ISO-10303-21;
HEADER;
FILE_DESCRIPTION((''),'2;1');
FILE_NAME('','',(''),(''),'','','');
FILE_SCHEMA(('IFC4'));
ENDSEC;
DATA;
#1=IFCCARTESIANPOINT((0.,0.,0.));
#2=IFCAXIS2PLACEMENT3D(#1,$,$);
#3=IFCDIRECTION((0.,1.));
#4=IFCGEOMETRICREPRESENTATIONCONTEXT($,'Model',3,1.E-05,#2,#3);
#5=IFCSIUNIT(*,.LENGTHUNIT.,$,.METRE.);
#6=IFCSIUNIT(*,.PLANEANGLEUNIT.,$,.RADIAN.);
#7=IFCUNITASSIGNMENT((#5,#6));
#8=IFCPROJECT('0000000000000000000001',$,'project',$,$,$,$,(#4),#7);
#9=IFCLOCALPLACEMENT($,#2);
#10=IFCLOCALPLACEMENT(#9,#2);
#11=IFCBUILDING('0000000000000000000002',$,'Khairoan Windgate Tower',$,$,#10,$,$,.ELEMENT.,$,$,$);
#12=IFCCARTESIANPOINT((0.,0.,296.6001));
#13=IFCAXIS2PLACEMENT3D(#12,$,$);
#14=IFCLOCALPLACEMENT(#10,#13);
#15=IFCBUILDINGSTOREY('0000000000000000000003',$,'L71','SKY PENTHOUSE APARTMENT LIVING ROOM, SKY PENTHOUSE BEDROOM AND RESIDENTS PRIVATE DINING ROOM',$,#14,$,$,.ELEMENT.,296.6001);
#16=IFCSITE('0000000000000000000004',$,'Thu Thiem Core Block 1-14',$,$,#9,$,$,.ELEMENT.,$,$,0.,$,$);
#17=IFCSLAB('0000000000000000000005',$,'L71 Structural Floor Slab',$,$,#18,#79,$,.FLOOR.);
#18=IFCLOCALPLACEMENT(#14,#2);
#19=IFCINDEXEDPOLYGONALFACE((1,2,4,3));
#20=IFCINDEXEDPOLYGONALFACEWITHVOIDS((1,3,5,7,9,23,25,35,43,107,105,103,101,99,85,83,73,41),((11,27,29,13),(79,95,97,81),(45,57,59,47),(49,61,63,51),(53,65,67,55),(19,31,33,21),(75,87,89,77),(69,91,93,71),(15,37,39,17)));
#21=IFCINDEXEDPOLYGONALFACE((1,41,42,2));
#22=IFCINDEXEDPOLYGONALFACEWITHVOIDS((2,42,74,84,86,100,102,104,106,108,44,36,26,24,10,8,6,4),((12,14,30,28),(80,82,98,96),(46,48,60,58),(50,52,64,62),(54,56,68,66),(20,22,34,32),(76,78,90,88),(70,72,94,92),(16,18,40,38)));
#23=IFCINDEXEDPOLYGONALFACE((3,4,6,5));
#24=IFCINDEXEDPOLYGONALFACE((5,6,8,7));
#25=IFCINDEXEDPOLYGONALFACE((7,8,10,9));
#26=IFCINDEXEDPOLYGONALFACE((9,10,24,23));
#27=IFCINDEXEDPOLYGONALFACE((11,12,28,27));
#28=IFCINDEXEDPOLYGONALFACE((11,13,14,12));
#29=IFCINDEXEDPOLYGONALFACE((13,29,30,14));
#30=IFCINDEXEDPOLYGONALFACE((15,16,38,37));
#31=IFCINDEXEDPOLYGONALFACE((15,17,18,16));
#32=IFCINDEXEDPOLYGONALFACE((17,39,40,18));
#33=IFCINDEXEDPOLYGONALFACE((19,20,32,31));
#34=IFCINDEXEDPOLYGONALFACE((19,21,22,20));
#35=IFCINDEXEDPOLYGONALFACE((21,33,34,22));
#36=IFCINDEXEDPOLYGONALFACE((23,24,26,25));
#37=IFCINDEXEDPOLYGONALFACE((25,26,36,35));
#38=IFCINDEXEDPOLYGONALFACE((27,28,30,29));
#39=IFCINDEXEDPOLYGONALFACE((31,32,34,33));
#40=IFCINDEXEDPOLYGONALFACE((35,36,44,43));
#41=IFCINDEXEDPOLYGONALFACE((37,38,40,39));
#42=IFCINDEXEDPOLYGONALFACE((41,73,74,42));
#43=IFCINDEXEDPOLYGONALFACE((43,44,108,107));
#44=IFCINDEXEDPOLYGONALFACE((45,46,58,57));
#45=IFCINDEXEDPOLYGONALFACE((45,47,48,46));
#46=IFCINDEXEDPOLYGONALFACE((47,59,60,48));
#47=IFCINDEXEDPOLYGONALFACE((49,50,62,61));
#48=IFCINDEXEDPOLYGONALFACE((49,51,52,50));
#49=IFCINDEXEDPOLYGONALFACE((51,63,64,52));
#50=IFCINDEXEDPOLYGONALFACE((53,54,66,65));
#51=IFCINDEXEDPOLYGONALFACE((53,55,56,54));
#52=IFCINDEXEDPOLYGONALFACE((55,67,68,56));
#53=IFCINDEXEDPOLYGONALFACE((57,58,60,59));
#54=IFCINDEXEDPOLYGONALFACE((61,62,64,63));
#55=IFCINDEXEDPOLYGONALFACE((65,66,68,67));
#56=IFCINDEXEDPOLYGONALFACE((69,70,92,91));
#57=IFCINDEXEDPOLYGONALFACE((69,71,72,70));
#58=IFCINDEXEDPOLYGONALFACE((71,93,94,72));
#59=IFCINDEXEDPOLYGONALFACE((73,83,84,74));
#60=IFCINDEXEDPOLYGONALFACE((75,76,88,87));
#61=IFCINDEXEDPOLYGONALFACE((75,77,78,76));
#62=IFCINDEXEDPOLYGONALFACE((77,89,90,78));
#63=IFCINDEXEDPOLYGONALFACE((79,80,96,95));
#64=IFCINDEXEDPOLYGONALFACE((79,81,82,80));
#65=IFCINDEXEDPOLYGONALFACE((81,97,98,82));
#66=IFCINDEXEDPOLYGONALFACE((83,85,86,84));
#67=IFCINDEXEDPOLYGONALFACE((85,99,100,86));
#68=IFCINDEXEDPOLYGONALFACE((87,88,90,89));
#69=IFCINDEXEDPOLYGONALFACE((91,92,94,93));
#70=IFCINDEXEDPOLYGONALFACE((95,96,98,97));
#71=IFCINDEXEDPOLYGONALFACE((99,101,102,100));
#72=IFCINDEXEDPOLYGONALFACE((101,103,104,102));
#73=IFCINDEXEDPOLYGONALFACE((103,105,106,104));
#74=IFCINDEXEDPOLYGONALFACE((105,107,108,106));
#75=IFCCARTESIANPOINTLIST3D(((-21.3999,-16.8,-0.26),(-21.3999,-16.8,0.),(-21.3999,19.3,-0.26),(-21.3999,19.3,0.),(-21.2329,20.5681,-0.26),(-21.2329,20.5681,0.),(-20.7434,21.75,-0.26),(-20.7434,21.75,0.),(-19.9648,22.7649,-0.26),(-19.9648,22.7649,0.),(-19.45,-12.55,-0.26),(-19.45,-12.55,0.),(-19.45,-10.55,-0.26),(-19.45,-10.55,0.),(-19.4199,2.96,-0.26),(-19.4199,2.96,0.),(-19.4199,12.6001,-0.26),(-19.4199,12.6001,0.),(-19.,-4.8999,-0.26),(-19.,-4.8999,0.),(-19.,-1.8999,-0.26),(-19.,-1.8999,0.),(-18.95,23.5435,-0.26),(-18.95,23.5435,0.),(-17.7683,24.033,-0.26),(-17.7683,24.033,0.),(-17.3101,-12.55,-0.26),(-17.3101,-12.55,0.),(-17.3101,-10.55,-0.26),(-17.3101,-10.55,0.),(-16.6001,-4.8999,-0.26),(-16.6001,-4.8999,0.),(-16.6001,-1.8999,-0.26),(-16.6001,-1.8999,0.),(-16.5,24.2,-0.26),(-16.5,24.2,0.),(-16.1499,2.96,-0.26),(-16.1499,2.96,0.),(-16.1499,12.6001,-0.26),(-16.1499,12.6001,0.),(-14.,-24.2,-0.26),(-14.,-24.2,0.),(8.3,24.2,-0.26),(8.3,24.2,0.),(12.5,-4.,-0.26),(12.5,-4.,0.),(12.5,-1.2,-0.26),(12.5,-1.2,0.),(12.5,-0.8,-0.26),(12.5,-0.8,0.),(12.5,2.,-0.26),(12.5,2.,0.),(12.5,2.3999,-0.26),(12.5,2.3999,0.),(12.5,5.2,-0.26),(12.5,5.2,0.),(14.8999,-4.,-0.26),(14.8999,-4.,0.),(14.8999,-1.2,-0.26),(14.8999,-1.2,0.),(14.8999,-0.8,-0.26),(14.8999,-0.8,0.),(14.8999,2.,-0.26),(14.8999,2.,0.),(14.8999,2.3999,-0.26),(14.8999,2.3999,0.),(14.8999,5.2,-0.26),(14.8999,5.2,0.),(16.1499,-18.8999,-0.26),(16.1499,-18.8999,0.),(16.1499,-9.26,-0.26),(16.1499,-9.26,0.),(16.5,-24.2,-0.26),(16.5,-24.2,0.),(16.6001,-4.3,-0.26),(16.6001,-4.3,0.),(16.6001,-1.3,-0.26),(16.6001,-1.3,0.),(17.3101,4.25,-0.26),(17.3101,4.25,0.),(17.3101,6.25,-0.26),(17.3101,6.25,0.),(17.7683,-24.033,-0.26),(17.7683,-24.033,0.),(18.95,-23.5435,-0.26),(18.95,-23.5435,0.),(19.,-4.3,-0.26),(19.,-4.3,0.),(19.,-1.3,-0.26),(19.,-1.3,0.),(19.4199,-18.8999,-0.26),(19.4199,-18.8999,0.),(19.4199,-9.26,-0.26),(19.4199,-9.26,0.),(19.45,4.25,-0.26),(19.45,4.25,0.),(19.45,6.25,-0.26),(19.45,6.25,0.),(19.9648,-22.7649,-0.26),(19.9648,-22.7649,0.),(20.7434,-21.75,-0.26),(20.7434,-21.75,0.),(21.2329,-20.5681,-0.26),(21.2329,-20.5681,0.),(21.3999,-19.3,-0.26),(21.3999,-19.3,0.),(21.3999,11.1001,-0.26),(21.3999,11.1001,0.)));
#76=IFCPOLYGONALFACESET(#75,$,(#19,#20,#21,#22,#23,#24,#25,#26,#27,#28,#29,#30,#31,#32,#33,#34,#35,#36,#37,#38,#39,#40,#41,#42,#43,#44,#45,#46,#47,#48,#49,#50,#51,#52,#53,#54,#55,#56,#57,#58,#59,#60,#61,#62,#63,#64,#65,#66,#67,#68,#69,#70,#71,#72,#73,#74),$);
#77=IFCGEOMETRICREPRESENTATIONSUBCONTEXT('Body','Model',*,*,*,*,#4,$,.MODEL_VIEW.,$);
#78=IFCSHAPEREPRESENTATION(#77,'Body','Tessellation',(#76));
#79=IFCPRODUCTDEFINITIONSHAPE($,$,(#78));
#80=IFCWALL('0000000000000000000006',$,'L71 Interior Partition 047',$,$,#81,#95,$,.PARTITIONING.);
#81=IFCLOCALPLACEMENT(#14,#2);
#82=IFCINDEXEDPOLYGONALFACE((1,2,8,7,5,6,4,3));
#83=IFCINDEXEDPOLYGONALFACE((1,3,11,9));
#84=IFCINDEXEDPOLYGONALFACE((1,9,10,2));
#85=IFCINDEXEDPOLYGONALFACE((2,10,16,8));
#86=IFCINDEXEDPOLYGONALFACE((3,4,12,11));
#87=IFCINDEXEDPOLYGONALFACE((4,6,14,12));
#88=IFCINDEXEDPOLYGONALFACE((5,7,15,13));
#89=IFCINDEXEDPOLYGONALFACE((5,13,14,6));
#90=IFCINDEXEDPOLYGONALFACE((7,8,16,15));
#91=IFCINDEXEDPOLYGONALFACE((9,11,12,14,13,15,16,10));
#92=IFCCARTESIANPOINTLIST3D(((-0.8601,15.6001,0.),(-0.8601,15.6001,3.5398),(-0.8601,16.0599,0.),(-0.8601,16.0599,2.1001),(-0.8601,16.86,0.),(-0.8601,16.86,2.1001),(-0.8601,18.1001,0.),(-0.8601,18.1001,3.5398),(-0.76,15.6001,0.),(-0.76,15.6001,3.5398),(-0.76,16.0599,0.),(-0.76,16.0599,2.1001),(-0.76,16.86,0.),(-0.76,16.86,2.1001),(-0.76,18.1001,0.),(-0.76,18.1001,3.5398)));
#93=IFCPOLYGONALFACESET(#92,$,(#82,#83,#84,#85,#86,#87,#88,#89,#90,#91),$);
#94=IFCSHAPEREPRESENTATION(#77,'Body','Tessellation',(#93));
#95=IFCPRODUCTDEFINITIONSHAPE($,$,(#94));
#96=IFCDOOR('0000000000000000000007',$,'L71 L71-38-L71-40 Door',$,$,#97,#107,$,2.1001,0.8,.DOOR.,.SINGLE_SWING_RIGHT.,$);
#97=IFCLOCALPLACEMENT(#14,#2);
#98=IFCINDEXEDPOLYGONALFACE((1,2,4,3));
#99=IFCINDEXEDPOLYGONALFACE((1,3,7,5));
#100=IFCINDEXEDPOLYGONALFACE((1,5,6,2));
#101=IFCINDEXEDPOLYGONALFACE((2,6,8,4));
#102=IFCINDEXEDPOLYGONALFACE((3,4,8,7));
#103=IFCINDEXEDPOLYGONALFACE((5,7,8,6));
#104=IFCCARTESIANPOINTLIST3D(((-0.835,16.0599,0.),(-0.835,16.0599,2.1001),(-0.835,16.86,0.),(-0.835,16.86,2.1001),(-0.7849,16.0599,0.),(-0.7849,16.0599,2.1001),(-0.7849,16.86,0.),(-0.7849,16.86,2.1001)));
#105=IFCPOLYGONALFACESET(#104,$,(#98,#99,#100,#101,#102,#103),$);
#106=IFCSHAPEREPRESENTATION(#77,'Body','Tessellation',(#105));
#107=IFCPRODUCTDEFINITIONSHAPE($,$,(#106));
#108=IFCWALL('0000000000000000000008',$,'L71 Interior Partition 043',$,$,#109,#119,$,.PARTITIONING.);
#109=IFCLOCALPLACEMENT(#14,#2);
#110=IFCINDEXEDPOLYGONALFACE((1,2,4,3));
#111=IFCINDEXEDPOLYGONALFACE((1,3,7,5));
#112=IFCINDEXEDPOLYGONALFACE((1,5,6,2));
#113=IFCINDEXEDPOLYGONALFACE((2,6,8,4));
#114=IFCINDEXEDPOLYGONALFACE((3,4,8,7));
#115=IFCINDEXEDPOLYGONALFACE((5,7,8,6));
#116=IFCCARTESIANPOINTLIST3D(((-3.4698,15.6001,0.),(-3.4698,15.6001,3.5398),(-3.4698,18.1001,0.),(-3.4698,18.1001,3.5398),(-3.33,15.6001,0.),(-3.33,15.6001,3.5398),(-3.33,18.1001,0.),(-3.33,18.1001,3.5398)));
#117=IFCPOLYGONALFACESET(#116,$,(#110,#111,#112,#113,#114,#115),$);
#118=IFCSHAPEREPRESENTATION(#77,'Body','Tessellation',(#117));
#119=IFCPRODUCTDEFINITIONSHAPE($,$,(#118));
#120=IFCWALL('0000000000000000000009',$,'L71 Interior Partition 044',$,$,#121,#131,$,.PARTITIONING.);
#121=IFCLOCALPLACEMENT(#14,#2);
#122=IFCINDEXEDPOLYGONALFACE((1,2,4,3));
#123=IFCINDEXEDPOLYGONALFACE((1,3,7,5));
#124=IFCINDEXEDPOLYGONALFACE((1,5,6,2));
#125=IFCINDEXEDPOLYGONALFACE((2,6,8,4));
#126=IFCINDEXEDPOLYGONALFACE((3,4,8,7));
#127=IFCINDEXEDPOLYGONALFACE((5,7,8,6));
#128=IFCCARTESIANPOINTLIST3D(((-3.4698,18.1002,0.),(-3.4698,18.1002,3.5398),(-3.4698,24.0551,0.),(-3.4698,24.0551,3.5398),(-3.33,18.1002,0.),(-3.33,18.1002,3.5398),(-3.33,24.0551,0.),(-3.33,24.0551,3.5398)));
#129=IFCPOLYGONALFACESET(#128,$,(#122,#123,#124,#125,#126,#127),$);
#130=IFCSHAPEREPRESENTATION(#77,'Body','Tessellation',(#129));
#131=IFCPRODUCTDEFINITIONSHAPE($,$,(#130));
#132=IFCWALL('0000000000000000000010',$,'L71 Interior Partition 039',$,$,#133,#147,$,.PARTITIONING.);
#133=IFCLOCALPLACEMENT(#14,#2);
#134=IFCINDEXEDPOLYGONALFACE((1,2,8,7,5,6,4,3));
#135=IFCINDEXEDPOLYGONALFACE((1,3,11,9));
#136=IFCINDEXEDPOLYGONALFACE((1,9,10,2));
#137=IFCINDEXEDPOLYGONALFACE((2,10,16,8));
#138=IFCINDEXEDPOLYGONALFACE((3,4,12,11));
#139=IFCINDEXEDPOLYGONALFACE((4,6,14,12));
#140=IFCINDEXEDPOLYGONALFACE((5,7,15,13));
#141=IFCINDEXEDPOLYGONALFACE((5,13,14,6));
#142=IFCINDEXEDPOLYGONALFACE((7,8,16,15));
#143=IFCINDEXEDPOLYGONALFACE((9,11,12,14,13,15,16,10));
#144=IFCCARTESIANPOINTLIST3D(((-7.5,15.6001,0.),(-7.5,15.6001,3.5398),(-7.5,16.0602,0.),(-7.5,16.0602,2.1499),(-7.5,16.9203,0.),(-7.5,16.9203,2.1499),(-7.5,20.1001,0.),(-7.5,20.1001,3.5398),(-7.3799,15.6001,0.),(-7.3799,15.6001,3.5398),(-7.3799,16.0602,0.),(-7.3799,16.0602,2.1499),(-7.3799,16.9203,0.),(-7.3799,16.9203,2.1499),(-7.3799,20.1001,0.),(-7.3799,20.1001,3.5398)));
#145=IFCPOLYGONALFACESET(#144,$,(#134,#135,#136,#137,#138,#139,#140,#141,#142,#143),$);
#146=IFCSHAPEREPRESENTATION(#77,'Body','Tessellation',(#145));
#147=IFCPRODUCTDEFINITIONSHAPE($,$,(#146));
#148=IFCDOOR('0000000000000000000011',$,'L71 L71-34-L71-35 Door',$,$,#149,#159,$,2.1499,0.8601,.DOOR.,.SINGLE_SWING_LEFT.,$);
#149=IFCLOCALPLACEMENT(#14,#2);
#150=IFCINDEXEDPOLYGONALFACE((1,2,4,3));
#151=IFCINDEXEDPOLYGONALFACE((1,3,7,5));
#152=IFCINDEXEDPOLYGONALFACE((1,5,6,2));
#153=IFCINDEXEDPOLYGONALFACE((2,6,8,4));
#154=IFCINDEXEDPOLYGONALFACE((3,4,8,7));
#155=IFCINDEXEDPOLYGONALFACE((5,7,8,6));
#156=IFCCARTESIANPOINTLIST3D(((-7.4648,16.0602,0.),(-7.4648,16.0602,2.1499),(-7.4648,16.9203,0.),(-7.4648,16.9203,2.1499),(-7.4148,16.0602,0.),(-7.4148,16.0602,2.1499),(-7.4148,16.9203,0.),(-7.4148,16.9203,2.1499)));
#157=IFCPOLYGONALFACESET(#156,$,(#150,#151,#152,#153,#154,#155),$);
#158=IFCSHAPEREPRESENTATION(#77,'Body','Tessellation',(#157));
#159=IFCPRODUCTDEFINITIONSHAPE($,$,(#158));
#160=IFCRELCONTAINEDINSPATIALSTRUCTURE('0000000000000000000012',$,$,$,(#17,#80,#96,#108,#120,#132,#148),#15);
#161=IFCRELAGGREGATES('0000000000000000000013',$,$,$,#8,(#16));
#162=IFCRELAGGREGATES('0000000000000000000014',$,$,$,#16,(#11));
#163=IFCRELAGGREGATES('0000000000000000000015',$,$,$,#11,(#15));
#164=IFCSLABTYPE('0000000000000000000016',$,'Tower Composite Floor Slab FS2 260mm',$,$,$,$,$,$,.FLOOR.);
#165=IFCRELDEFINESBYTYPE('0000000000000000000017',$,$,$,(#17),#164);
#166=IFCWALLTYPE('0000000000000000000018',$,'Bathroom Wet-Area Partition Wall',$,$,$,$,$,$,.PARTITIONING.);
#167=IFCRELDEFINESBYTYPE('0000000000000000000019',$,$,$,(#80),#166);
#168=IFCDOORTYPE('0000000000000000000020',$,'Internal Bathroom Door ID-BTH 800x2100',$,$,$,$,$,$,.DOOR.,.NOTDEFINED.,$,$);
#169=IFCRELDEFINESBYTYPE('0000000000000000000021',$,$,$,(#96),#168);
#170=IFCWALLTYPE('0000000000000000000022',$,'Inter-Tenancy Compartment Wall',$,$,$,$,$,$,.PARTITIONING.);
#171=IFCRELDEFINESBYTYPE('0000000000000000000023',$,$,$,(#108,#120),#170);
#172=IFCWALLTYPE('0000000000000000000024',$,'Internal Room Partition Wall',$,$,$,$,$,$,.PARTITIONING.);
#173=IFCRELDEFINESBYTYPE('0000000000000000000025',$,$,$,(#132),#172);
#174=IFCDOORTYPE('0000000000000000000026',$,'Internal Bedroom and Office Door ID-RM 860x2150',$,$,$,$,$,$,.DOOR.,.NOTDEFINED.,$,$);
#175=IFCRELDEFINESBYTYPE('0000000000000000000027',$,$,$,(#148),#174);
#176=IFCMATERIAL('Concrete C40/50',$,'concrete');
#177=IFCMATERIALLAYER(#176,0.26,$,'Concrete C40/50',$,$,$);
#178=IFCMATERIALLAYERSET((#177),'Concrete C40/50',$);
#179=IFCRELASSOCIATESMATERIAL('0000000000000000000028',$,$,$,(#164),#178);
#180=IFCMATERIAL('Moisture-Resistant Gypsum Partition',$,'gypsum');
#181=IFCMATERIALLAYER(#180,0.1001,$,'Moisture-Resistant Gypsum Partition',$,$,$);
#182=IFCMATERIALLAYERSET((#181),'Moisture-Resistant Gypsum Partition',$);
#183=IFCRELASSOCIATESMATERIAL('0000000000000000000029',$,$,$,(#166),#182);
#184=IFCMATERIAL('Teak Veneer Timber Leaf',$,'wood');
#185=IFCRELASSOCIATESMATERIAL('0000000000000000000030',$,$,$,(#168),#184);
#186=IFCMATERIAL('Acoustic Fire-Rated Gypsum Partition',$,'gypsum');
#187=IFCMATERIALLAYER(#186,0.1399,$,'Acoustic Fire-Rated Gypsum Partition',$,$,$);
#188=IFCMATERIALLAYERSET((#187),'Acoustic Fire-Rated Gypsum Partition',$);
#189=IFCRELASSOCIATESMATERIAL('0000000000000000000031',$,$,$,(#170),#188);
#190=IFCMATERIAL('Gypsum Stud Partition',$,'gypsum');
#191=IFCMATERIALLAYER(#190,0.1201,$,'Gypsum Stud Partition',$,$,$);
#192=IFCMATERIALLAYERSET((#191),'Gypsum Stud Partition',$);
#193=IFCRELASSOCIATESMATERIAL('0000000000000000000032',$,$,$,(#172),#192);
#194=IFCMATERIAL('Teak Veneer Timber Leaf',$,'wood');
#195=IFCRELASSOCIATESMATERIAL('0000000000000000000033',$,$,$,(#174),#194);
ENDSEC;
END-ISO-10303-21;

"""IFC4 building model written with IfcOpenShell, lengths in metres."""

from ifc_helpers import new_model, si_unit, direction, frame, frame_2d, origin, place, context, subcontext, project, spatial, polyline, rectangle, outline, extrude, material, layer, layer_set, type_object, element, fill, save


model = new_model("IFC4")

# Units and contexts
model_context = context("Model", 3, precision=1e-05, world=origin(), true_north=direction((0.0, 1.0)))
body_context = subcontext(model_context, "Body", "Model", "MODEL_VIEW")
ifc_project = project(units=[si_unit("LENGTHUNIT", "METRE"), si_unit("PLANEANGLEUNIT", "RADIAN")], contexts=[model_context])

# Site, building, storey
site_placement = place(None, origin())
site = spatial("IfcSite", under=ifc_project, at=site_placement, Name="Thu Thiem Core Block 1-14", CompositionType="ELEMENT", RefElevation=0.0)
building_placement = place(site_placement, origin())
building = spatial("IfcBuilding", under=site, at=building_placement, Name="Khairoan Windgate Tower", CompositionType="ELEMENT")
storey_placement = place(building_placement, frame((0.0, 0.0, 296.6001)))
storey = spatial("IfcBuildingStorey", under=building, at=storey_placement, Name="L71", Description="SKY PENTHOUSE APARTMENT LIVING ROOM, SKY PENTHOUSE BEDROOM AND RESIDENTS PRIVATE DINING ROOM", CompositionType="ELEMENT", Elevation=296.6001)

# Slab
ifc_material_1 = material(Name="Concrete C40/50", Category="concrete")
ifc_layer_1 = layer(ifc_material_1, 0.26, Name="Concrete C40/50")
ifc_layer_set_1 = layer_set([ifc_layer_1], Name="Concrete C40/50")
slab_type_1 = type_object("IfcSlabType", Name="Tower Composite Floor Slab FS2 260mm", PredefinedType="FLOOR", material=ifc_layer_set_1)
slab_1_placement = place(storey_placement, frame((0.0, 0.0, -0.26)))
element("IfcSlab", 1, at=slab_1_placement, inside=storey, type_object=slab_type_1, Name="L71 Structural Floor Slab", PredefinedType="FLOOR", context=body_context, shape_type="SweptSolid", body=[
    extrude(outline(polyline([(16.5, -24.2), (17.7683, -24.033), (18.95, -23.5435), (19.9648, -22.7649), (20.7434, -21.75), (21.2329, -20.5681), (21.3999, -19.3), (21.3999, 11.1001), (8.3, 24.2), (-16.5, 24.2), (-17.7683, 24.033), (-18.95, 23.5435), (-19.9648, 22.7649), (-20.7434, 21.75), (-21.2329, 20.5681), (-21.3999, 19.3), (-21.3999, -16.8), (-14.0, -24.2), (16.5, -24.2)]), holes=[polyline([(16.1499, -9.26), (16.1499, -18.8999), (19.4199, -18.8999), (19.4199, -9.26), (16.1499, -9.26)]), polyline([(-16.1499, 2.96), (-16.1499, 12.6001), (-19.4199, 12.6001), (-19.4199, 2.96), (-16.1499, 2.96)]), polyline([(12.5, 2.3999), (14.8999, 2.3999), (14.8999, 5.2), (12.5, 5.2), (12.5, 2.3999)]), polyline([(12.5, -0.8), (14.8999, -0.8), (14.8999, 2.0), (12.5, 2.0), (12.5, -0.8)]), polyline([(12.5, -4.0), (14.8999, -4.0), (14.8999, -1.2), (12.5, -1.2), (12.5, -4.0)]), polyline([(16.6001, -4.3), (19.0, -4.3), (19.0, -1.3), (16.6001, -1.3), (16.6001, -4.3)]), polyline([(-19.0, -4.8999), (-16.6001, -4.8999), (-16.6001, -1.8999), (-19.0, -1.8999), (-19.0, -4.8999)]), polyline([(-19.45, -12.55), (-17.3101, -12.55), (-17.3101, -10.55), (-19.45, -10.55), (-19.45, -12.55)]), polyline([(17.3101, 4.25), (19.45, 4.25), (19.45, 6.25), (17.3101, 6.25), (17.3101, 4.25)])]), origin(), (0.0, 0.0, 1.0), 0.26),
])

# Wall, opening, door
ifc_material_2 = material(Name="Moisture-Resistant Gypsum Partition", Category="gypsum")
ifc_layer_2 = layer(ifc_material_2, 0.1001, Name="Moisture-Resistant Gypsum Partition")
ifc_layer_set_2 = layer_set([ifc_layer_2], Name="Moisture-Resistant Gypsum Partition")
wall_type_1 = type_object("IfcWallType", Name="Bathroom Wet-Area Partition Wall", PredefinedType="PARTITIONING", material=ifc_layer_set_2)
wall_1_placement = place(storey_placement, frame((-0.8101, 15.6001, 0.0), z_axis=(0.0, 0.0, 1.0), x_axis=(0.0, 1.0, 0.0)))
wall_1 = element("IfcWall", 2, at=wall_1_placement, inside=storey, type_object=wall_type_1, Name="L71 Interior Partition 047", PredefinedType="PARTITIONING", context=body_context, shape_type="SweptSolid", body=[
    extrude(rectangle(XDim=2.5, YDim=0.1001, at=frame_2d((1.25, 0.0))), origin(), (0.0, 0.0, 1.0), 3.5398),
])
opening_1_placement = place(wall_1_placement, frame((0.46, 0.0, 0.0)))
opening_1 = element("IfcOpeningElement", 3, at=opening_1_placement, cuts=wall_1, PredefinedType="OPENING", context=body_context, shape_type="SweptSolid", body=[
    extrude(rectangle(XDim=0.8, YDim=2.1001, at=frame_2d((0.3999, 1.05))), frame((0.0, 0.0601, 0.0), z_axis=(0.0, -1.0, 0.0), x_axis=(1.0, 0.0, 0.0)), (0.0, 0.0, 1.0), 0.1201),
])
ifc_material_3 = material(Name="Teak Veneer Timber Leaf", Category="wood")
door_type_1 = type_object("IfcDoorType", Name="Internal Bathroom Door ID-BTH 800x2100", OperationType="NOTDEFINED", PredefinedType="DOOR", material=ifc_material_3)
door_1_placement = place(opening_1_placement, origin())
door_1 = element("IfcDoor", 4, at=door_1_placement, inside=storey, type_object=door_type_1, Name="L71 L71-38-L71-40 Door", OperationType="SINGLE_SWING_RIGHT", OverallHeight=2.1001, OverallWidth=0.8, PredefinedType="DOOR", context=body_context, shape_type="SweptSolid", body=[
    extrude(rectangle(XDim=0.8, YDim=2.1001, at=frame_2d((0.3999, 1.05))), frame((0.0, 0.0249, 0.0), z_axis=(0.0, -1.0, 0.0), x_axis=(1.0, 0.0, 0.0)), (0.0, 0.0, 1.0), 0.05),
])
fill(opening_1, door_1)

# Walls
ifc_material_4 = material(Name="Acoustic Fire-Rated Gypsum Partition", Category="gypsum")
ifc_layer_3 = layer(ifc_material_4, 0.1399, Name="Acoustic Fire-Rated Gypsum Partition")
ifc_layer_set_3 = layer_set([ifc_layer_3], Name="Acoustic Fire-Rated Gypsum Partition")
wall_type_2 = type_object("IfcWallType", Name="Inter-Tenancy Compartment Wall", PredefinedType="PARTITIONING", material=ifc_layer_set_3)
wall_2_placement = place(storey_placement, frame((-3.3999, 15.6001, 0.0), z_axis=(0.0, 0.0, 1.0), x_axis=(0.0, 1.0, 0.0)))
element("IfcWall", 5, at=wall_2_placement, inside=storey, type_object=wall_type_2, Name="L71 Interior Partition 043", PredefinedType="PARTITIONING", context=body_context, shape_type="SweptSolid", body=[
    extrude(rectangle(XDim=2.5, YDim=0.1399, at=frame_2d((1.25, 0.0))), origin(), (0.0, 0.0, 1.0), 3.5398),
])
wall_3_placement = place(storey_placement, frame((-3.3999, 18.1001, 0.0), z_axis=(0.0, 0.0, 1.0), x_axis=(0.0, 1.0, 0.0)))
element("IfcWall", 6, at=wall_3_placement, inside=storey, type_object=wall_type_2, Name="L71 Interior Partition 044", PredefinedType="PARTITIONING", context=body_context, shape_type="SweptSolid", body=[
    extrude(rectangle(XDim=5.9548, YDim=0.1399, at=frame_2d((2.9775, 0.0))), origin(), (0.0, 0.0, 1.0), 3.5398),
])

# Wall, opening, door
ifc_material_5 = material(Name="Gypsum Stud Partition", Category="gypsum")
ifc_layer_4 = layer(ifc_material_5, 0.1201, Name="Gypsum Stud Partition")
ifc_layer_set_4 = layer_set([ifc_layer_4], Name="Gypsum Stud Partition")
wall_type_3 = type_object("IfcWallType", Name="Internal Room Partition Wall", PredefinedType="PARTITIONING", material=ifc_layer_set_4)
wall_4_placement = place(storey_placement, frame((-7.4399, 15.6001, 0.0), z_axis=(0.0, 0.0, 1.0), x_axis=(0.0, 1.0, 0.0)))
wall_4 = element("IfcWall", 7, at=wall_4_placement, inside=storey, type_object=wall_type_3, Name="L71 Interior Partition 039", PredefinedType="PARTITIONING", context=body_context, shape_type="SweptSolid", body=[
    extrude(rectangle(XDim=4.5, YDim=0.1201, at=frame_2d((2.25, 0.0))), origin(), (0.0, 0.0, 1.0), 3.5398),
])
opening_2_placement = place(wall_4_placement, frame((0.46, 0.0, 0.0)))
opening_2 = element("IfcOpeningElement", 8, at=opening_2_placement, cuts=wall_4, PredefinedType="OPENING", context=body_context, shape_type="SweptSolid", body=[
    extrude(rectangle(XDim=0.8601, YDim=2.1499, at=frame_2d((0.4302, 1.075))), frame((0.0, 0.0701, 0.0), z_axis=(0.0, -1.0, 0.0), x_axis=(1.0, 0.0, 0.0)), (0.0, 0.0, 1.0), 0.1401),
])
ifc_material_6 = material(Name="Teak Veneer Timber Leaf", Category="wood")
door_type_2 = type_object("IfcDoorType", Name="Internal Bedroom and Office Door ID-RM 860x2150", OperationType="NOTDEFINED", PredefinedType="DOOR", material=ifc_material_6)
door_2_placement = place(opening_2_placement, origin())
door_2 = element("IfcDoor", 9, at=door_2_placement, inside=storey, type_object=door_type_2, Name="L71 L71-34-L71-35 Door", OperationType="SINGLE_SWING_LEFT", OverallHeight=2.1499, OverallWidth=0.8601, PredefinedType="DOOR", context=body_context, shape_type="SweptSolid", body=[
    extrude(rectangle(XDim=0.8601, YDim=2.1499, at=frame_2d((0.4302, 1.075))), frame((0.0, 0.0249, 0.0), z_axis=(0.0, -1.0, 0.0), x_axis=(1.0, 0.0, 0.0)), (0.0, 0.0, 1.0), 0.05),
])
fill(opening_2, door_2)

save(model, "model.ifc")
